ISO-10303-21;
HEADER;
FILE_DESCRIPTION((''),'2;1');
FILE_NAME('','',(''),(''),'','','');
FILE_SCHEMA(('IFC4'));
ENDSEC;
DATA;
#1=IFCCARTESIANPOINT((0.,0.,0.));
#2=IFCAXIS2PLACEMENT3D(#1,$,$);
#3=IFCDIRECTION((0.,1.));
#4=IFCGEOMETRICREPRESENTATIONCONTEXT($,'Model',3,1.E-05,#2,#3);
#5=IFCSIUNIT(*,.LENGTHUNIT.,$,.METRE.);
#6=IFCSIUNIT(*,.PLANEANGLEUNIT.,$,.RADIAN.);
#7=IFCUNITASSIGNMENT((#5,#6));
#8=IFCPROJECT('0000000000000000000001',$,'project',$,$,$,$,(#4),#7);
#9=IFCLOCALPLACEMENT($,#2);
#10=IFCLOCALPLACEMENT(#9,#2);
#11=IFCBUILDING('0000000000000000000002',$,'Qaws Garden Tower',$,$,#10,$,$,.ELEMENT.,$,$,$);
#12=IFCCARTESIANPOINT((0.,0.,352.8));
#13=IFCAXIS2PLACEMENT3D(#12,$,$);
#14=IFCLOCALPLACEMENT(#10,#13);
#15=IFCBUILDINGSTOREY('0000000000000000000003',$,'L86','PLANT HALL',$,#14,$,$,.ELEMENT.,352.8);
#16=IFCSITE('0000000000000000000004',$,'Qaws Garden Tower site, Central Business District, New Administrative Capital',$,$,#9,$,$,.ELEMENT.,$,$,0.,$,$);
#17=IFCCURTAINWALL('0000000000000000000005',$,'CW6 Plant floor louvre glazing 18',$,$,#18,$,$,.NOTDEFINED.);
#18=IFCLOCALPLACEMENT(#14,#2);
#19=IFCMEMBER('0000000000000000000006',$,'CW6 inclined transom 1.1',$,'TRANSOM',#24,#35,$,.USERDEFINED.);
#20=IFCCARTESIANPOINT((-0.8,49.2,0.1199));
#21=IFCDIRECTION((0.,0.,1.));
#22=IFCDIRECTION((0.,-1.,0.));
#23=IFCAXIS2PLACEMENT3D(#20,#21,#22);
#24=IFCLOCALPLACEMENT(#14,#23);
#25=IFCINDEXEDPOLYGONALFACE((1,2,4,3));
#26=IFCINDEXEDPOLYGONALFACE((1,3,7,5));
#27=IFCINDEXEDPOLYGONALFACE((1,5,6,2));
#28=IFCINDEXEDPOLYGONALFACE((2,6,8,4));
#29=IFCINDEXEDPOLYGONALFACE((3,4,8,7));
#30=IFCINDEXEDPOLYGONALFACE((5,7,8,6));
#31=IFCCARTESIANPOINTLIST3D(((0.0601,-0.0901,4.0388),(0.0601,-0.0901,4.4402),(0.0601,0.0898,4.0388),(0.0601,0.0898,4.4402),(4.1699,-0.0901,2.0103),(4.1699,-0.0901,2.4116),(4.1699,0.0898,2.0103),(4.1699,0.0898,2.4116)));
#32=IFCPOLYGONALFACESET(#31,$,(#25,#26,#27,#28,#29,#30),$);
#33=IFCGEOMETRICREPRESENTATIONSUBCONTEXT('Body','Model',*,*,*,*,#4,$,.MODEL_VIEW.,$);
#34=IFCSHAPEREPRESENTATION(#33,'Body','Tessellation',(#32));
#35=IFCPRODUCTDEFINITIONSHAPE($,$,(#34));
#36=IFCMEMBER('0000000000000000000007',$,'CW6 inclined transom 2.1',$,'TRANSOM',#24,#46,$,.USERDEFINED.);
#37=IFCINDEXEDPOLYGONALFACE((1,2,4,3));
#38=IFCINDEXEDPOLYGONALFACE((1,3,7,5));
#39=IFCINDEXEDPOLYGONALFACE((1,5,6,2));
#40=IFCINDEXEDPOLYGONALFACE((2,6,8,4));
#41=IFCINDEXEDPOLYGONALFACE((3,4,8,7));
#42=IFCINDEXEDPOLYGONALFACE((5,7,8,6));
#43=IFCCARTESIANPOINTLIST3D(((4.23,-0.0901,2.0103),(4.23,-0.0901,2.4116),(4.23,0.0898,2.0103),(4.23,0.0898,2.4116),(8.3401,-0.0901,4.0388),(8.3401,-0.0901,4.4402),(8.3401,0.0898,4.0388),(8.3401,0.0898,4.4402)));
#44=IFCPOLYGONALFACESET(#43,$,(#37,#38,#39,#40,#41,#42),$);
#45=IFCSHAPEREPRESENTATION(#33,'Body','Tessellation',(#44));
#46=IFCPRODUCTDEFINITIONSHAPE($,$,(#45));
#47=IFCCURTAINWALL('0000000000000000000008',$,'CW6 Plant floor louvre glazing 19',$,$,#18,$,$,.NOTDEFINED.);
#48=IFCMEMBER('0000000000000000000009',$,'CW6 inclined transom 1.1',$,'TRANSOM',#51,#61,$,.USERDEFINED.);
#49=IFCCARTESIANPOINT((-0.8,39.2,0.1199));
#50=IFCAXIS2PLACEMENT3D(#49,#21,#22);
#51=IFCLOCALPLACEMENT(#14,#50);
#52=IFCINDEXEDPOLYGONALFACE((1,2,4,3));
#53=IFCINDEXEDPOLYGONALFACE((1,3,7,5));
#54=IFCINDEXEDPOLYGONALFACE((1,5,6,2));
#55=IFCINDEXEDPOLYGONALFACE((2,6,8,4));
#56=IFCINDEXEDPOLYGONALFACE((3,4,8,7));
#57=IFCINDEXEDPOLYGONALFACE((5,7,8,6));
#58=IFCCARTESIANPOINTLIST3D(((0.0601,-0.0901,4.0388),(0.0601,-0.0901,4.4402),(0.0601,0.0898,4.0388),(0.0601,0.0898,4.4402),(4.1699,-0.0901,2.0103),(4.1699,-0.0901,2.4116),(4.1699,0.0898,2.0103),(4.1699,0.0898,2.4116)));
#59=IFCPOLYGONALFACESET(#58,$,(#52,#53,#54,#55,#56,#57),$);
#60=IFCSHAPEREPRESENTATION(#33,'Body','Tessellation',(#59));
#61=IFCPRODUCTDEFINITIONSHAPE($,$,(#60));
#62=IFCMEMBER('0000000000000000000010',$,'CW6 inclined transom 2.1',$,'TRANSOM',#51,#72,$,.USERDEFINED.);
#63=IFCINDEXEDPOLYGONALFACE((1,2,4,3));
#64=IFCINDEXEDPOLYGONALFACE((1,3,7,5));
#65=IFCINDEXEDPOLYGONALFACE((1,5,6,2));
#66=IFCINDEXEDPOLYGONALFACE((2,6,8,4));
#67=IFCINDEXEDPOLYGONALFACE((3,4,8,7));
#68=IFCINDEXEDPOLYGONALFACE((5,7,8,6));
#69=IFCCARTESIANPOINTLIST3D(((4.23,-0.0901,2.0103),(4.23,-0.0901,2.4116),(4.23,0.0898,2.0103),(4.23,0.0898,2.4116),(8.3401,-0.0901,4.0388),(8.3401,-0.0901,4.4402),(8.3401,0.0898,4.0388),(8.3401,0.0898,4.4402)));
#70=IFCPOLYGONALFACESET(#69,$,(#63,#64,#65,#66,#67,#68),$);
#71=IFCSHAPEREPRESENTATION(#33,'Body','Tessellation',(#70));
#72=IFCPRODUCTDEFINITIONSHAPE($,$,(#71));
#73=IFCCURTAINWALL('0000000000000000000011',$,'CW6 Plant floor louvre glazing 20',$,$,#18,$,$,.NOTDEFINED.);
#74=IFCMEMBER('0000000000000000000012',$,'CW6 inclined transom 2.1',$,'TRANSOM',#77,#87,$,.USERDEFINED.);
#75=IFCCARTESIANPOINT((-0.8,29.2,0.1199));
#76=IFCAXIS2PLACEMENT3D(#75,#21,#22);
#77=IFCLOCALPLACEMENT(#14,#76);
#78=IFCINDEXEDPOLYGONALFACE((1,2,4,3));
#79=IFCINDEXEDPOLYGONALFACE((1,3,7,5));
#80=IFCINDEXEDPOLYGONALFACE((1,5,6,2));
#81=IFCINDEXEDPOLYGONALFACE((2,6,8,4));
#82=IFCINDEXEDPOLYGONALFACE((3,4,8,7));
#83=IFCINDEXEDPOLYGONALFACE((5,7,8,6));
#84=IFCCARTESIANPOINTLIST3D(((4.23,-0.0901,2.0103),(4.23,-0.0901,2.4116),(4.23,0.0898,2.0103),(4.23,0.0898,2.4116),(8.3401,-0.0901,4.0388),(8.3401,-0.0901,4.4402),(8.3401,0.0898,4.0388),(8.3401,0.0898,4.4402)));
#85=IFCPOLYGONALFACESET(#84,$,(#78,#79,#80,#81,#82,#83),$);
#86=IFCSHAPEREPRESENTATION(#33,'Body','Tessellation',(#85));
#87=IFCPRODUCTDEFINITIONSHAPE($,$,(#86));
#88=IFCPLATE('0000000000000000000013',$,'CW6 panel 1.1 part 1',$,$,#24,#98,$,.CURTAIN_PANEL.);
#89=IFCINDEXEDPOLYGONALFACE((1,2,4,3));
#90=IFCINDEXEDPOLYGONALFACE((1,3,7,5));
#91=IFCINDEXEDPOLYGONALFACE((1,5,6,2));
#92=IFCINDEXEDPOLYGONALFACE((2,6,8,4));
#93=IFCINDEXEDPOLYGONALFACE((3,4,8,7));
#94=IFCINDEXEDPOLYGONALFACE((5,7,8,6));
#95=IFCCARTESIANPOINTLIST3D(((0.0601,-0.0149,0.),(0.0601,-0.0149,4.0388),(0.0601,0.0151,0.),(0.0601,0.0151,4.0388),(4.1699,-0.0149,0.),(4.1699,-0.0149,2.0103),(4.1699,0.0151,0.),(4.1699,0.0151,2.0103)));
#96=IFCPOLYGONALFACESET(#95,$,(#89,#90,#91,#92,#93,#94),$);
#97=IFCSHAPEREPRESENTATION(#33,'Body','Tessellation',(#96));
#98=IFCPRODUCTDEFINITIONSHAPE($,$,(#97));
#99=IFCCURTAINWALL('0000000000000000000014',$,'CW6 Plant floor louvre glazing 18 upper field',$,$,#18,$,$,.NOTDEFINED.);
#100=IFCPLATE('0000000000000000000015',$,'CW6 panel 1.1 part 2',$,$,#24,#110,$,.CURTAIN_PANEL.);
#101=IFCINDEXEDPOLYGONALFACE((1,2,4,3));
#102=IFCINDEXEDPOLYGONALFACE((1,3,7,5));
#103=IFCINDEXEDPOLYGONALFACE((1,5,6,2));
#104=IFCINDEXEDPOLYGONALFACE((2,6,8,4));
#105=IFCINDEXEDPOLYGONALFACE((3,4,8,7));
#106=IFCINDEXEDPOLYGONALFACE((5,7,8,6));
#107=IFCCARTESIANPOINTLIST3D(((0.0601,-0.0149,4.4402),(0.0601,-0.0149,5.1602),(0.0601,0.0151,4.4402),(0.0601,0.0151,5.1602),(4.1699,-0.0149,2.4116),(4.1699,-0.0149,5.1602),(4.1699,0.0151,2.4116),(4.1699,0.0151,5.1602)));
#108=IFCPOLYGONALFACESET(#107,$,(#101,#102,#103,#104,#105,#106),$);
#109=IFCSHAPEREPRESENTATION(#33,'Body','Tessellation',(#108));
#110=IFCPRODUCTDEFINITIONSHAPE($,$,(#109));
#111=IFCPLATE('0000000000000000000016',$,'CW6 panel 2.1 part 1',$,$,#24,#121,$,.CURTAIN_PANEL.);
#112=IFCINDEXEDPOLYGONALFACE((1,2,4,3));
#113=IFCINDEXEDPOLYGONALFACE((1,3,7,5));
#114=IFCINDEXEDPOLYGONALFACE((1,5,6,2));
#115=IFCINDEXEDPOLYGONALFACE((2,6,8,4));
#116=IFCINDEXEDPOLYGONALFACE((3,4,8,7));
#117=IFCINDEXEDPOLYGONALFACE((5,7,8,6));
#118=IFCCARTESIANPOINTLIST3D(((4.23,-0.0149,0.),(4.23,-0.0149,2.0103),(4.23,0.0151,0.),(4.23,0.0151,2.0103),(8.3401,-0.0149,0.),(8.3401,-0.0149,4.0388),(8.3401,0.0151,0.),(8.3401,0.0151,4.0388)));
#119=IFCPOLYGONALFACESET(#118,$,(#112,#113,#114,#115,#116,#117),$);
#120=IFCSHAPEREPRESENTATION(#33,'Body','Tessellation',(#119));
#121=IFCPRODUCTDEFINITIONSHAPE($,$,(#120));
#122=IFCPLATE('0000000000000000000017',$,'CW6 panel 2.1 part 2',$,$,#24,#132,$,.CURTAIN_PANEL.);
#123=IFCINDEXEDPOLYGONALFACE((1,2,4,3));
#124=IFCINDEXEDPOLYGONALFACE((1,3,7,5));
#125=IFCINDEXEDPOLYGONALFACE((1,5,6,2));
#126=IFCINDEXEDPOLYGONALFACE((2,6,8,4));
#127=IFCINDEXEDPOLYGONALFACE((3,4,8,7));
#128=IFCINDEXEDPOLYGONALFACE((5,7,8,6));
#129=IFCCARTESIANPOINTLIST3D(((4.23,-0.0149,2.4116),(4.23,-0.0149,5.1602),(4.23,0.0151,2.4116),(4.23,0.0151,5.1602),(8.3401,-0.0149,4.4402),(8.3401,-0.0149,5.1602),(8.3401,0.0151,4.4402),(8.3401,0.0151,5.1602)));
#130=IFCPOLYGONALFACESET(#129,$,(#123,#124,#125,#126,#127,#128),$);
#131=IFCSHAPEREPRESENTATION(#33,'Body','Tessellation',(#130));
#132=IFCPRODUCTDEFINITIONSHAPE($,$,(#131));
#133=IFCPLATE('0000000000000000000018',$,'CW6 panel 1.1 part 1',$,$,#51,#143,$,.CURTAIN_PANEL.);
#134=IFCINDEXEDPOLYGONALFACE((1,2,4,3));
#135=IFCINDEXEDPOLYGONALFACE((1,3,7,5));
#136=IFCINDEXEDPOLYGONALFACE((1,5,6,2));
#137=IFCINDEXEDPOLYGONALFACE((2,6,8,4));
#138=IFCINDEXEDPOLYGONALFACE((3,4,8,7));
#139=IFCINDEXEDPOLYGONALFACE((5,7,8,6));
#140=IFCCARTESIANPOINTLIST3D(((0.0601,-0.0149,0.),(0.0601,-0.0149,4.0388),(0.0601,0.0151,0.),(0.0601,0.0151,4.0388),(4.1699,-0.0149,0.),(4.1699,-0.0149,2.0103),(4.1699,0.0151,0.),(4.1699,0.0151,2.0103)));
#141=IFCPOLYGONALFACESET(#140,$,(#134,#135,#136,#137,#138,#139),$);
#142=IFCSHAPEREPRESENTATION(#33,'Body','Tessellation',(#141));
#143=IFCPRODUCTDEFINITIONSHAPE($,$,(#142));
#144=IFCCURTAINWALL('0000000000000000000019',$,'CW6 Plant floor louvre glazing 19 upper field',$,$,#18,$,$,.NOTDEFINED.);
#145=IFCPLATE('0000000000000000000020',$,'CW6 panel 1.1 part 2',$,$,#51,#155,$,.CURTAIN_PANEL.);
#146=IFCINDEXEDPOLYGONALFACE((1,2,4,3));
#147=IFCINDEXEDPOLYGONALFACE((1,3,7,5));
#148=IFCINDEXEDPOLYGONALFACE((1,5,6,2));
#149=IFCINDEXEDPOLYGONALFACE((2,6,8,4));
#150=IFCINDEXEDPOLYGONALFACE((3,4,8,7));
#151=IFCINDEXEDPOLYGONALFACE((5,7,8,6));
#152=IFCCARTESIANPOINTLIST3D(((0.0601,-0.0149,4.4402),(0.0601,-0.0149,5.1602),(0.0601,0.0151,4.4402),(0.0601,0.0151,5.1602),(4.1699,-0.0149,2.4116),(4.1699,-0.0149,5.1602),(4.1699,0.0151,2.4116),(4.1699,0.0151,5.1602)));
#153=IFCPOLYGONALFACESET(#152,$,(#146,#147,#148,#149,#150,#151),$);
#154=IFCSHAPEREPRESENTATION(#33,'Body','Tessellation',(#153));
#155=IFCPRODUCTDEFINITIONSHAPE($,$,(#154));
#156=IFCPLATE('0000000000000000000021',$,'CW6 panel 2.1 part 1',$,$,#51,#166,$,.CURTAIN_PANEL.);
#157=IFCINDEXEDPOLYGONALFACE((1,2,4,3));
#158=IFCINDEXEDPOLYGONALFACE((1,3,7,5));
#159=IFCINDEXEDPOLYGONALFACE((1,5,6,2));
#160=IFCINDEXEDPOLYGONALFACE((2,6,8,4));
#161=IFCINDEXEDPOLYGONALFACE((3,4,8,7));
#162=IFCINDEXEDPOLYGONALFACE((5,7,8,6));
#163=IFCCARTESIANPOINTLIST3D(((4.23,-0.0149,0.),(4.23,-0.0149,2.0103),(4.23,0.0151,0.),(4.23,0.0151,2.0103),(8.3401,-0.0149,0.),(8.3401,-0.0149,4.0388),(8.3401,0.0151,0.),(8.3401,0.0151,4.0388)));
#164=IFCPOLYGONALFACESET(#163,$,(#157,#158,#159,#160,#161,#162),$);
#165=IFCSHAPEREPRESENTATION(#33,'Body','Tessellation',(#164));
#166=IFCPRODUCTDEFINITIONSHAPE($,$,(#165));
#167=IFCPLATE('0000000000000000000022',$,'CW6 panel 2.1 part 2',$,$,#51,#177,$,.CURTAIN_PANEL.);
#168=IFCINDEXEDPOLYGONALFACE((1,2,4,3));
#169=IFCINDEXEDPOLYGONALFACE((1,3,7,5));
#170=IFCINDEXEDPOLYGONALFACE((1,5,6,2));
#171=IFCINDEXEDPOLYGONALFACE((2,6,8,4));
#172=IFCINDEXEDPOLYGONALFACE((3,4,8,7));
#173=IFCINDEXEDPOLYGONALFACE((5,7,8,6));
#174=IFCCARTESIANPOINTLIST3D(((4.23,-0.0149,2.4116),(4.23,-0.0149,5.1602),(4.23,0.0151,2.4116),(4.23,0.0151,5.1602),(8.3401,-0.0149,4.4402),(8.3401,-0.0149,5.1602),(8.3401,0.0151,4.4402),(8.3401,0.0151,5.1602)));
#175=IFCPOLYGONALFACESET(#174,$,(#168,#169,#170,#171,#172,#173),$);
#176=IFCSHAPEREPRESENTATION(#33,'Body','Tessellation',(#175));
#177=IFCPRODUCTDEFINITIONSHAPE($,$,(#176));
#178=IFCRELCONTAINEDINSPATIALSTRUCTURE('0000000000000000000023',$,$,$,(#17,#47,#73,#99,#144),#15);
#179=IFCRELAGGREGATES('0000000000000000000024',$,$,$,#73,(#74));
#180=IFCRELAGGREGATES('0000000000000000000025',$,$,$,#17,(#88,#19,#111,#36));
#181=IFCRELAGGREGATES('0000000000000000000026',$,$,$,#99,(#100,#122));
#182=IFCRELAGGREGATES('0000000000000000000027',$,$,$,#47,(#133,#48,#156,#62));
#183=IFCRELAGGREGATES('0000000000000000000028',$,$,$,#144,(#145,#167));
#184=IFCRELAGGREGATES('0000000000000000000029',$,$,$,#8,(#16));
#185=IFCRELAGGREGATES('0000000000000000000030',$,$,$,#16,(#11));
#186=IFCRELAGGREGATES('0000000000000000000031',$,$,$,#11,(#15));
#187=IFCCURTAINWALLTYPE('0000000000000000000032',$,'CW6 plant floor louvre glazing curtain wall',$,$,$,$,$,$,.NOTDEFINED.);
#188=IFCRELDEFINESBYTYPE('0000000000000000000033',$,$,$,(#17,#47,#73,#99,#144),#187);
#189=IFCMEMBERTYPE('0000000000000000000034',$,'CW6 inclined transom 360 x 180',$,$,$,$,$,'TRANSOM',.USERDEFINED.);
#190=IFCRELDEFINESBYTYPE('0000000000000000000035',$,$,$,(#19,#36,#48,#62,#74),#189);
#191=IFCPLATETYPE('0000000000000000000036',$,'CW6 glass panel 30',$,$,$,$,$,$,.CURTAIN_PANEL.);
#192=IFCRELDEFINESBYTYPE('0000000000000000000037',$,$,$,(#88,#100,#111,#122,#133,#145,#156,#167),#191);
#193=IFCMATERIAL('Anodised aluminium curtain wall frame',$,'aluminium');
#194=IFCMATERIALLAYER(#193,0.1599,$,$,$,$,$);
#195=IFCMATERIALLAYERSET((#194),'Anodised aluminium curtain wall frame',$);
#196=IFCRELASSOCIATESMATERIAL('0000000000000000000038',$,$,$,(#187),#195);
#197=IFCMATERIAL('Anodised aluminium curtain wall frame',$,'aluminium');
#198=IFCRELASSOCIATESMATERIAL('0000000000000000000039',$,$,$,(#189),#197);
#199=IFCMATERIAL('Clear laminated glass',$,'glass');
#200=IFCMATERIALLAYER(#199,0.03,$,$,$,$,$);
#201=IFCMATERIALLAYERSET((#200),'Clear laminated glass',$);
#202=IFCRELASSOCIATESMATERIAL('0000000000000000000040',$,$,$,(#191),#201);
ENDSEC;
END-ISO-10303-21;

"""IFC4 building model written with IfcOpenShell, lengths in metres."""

from ifc_helpers import new_model, si_unit, direction, frame, origin, origin_2d, place, context, subcontext, project, spatial, polyline, rectangle, outline, extrude, material, layer, layer_set, material_profile, profile_set, type_object, element, aggregate, save


model = new_model("IFC4")

# Units and contexts
model_context = context("Model", 3, precision=1e-05, world=origin(), true_north=direction((0.0, 1.0)))
body_context = subcontext(model_context, "Body", "Model", "MODEL_VIEW")
ifc_project = project(units=[si_unit("LENGTHUNIT", "METRE"), si_unit("PLANEANGLEUNIT", "RADIAN")], contexts=[model_context])

# Site, building, storey
site_placement = place(None, origin())
site = spatial("IfcSite", under=ifc_project, at=site_placement, Name="Qaws Garden Tower site, Central Business District, New Administrative Capital", CompositionType="ELEMENT", RefElevation=0.0)
building_placement = place(site_placement, origin())
building = spatial("IfcBuilding", under=site, at=building_placement, Name="Qaws Garden Tower", CompositionType="ELEMENT")
storey_placement = place(building_placement, frame((0.0, 0.0, 352.8)))
storey = spatial("IfcBuildingStorey", under=building, at=storey_placement, Name="L86", Description="PLANT HALL", CompositionType="ELEMENT", Elevation=352.8)

# Curtain walls, members
ifc_material_1 = material(Name="Anodised aluminium curtain wall frame", Category="aluminium")
ifc_layer_1 = layer(ifc_material_1, 0.1599)
ifc_layer_set_1 = layer_set([ifc_layer_1], Name="Anodised aluminium curtain wall frame")
curtain_wall_type = type_object("IfcCurtainWallType", Name="CW6 plant floor louvre glazing curtain wall", PredefinedType="NOTDEFINED", material=ifc_layer_set_1)
placement_1 = place(storey_placement, origin())
curtain_wall_1 = element("IfcCurtainWall", 1, at=placement_1, inside=storey, type_object=curtain_wall_type, Name="CW6 Plant floor louvre glazing 18", PredefinedType="NOTDEFINED")
ifc_material_2 = material(Name="Anodised aluminium curtain wall frame", Category="aluminium")
ifc_material_profile_1 = material_profile(ifc_material_2, rectangle(XDim=0.1799, YDim=0.3601, at=origin_2d()), Name="AL 180x360")
ifc_profile_set_1 = profile_set([ifc_material_profile_1], Name="Anodised aluminium curtain wall frame")
member_type_1 = type_object("IfcMemberType", Name="CW6 inclined transom 360 x 180", ElementType="TRANSOM", PredefinedType="USERDEFINED", material=ifc_profile_set_1)
placement_2 = place(storey_placement, frame((-0.8, 49.2, 0.1199), z_axis=(0.0, 0.0, 1.0), x_axis=(0.0, -1.0, 0.0)))
member_1 = element("IfcMember", 2, at=placement_2, type_object=member_type_1, Name="CW6 inclined transom 1.1", ObjectType="TRANSOM", PredefinedType="USERDEFINED", context=body_context, shape_type="SweptSolid", body=[
    extrude(outline(polyline([(0.0601, 4.0388), (4.1699, 2.0103), (4.1699, 2.4116), (0.0601, 4.4402), (0.0601, 4.0388)])), frame((0.0, 0.0898, 0.0), z_axis=(0.0, -1.0, 0.0), x_axis=(1.0, 0.0, 0.0)), (0.0, 0.0, 1.0), 0.1799),
])
member_2 = element("IfcMember", 3, at=placement_2, type_object=member_type_1, Name="CW6 inclined transom 2.1", ObjectType="TRANSOM", PredefinedType="USERDEFINED", context=body_context, shape_type="SweptSolid", body=[
    extrude(outline(polyline([(4.23, 2.0103), (8.3401, 4.0388), (8.3401, 4.4402), (4.23, 2.4116), (4.23, 2.0103)])), frame((0.0, 0.0898, 0.0), z_axis=(0.0, -1.0, 0.0), x_axis=(1.0, 0.0, 0.0)), (0.0, 0.0, 1.0), 0.1799),
])
curtain_wall_2 = element("IfcCurtainWall", 4, at=placement_1, inside=storey, type_object=curtain_wall_type, Name="CW6 Plant floor louvre glazing 19", PredefinedType="NOTDEFINED")
placement_3 = place(storey_placement, frame((-0.8, 39.2, 0.1199), z_axis=(0.0, 0.0, 1.0), x_axis=(0.0, -1.0, 0.0)))
member_3 = element("IfcMember", 5, at=placement_3, type_object=member_type_1, Name="CW6 inclined transom 1.1", ObjectType="TRANSOM", PredefinedType="USERDEFINED", context=body_context, shape_type="SweptSolid", body=[
    extrude(outline(polyline([(0.0601, 4.0388), (4.1699, 2.0103), (4.1699, 2.4116), (0.0601, 4.4402), (0.0601, 4.0388)])), frame((0.0, 0.0898, 0.0), z_axis=(0.0, -1.0, 0.0), x_axis=(1.0, 0.0, 0.0)), (0.0, 0.0, 1.0), 0.1799),
])
member_4 = element("IfcMember", 6, at=placement_3, type_object=member_type_1, Name="CW6 inclined transom 2.1", ObjectType="TRANSOM", PredefinedType="USERDEFINED", context=body_context, shape_type="SweptSolid", body=[
    extrude(outline(polyline([(4.23, 2.0103), (8.3401, 4.0388), (8.3401, 4.4402), (4.23, 2.4116), (4.23, 2.0103)])), frame((0.0, 0.0898, 0.0), z_axis=(0.0, -1.0, 0.0), x_axis=(1.0, 0.0, 0.0)), (0.0, 0.0, 1.0), 0.1799),
])

# Curtain wall, member
curtain_wall_3 = element("IfcCurtainWall", 7, at=placement_1, inside=storey, type_object=curtain_wall_type, Name="CW6 Plant floor louvre glazing 20", PredefinedType="NOTDEFINED")
placement_4 = place(storey_placement, frame((-0.8, 29.2, 0.1199), z_axis=(0.0, 0.0, 1.0), x_axis=(0.0, -1.0, 0.0)))
member_5 = element("IfcMember", 8, at=placement_4, type_object=member_type_1, Name="CW6 inclined transom 2.1", ObjectType="TRANSOM", PredefinedType="USERDEFINED", context=body_context, shape_type="SweptSolid", body=[
    extrude(outline(polyline([(4.23, 2.0103), (8.3401, 4.0388), (8.3401, 4.4402), (4.23, 2.4116), (4.23, 2.0103)])), frame((0.0, 0.0898, 0.0), z_axis=(0.0, -1.0, 0.0), x_axis=(1.0, 0.0, 0.0)), (0.0, 0.0, 1.0), 0.1799),
])
aggregate(curtain_wall_3, [member_5])

# Plate
ifc_material_3 = material(Name="Clear laminated glass", Category="glass")
ifc_layer_2 = layer(ifc_material_3, 0.03)
ifc_layer_set_2 = layer_set([ifc_layer_2], Name="Clear laminated glass")
plate_type = type_object("IfcPlateType", Name="CW6 glass panel 30", PredefinedType="CURTAIN_PANEL", material=ifc_layer_set_2)
plate_1 = element("IfcPlate", 9, at=placement_2, type_object=plate_type, Name="CW6 panel 1.1 part 1", PredefinedType="CURTAIN_PANEL", context=body_context, shape_type="SweptSolid", body=[
    extrude(outline(polyline([(4.1699, 0.0), (4.1699, 2.0103), (0.0601, 4.0388), (0.0601, 0.0), (4.1699, 0.0)])), frame((0.0, 0.0151, 0.0), z_axis=(0.0, -1.0, 0.0), x_axis=(1.0, 0.0, 0.0)), (0.0, 0.0, 1.0), 0.03),
])

# Curtain wall, plate
curtain_wall_4 = element("IfcCurtainWall", 10, at=placement_1, inside=storey, type_object=curtain_wall_type, Name="CW6 Plant floor louvre glazing 18 upper field", PredefinedType="NOTDEFINED")
plate_2 = element("IfcPlate", 11, at=placement_2, type_object=plate_type, Name="CW6 panel 1.1 part 2", PredefinedType="CURTAIN_PANEL", context=body_context, shape_type="SweptSolid", body=[
    extrude(outline(polyline([(0.0601, 5.1602), (0.0601, 4.4402), (4.1699, 2.4116), (4.1699, 5.1602), (0.0601, 5.1602)])), frame((0.0, 0.0151, 0.0), z_axis=(0.0, -1.0, 0.0), x_axis=(1.0, 0.0, 0.0)), (0.0, 0.0, 1.0), 0.03),
])

# Plates
plate_3 = element("IfcPlate", 12, at=placement_2, type_object=plate_type, Name="CW6 panel 2.1 part 1", PredefinedType="CURTAIN_PANEL", context=body_context, shape_type="SweptSolid", body=[
    extrude(outline(polyline([(8.3401, 0.0), (8.3401, 4.0388), (4.23, 2.0103), (4.23, 0.0), (8.3401, 0.0)])), frame((0.0, 0.0151, 0.0), z_axis=(0.0, -1.0, 0.0), x_axis=(1.0, 0.0, 0.0)), (0.0, 0.0, 1.0), 0.03),
])
aggregate(curtain_wall_1, [plate_1, member_1, plate_3, member_2])
plate_4 = element("IfcPlate", 13, at=placement_2, type_object=plate_type, Name="CW6 panel 2.1 part 2", PredefinedType="CURTAIN_PANEL", context=body_context, shape_type="SweptSolid", body=[
    extrude(outline(polyline([(4.23, 5.1602), (4.23, 2.4116), (8.3401, 4.4402), (8.3401, 5.1602), (4.23, 5.1602)])), frame((0.0, 0.0151, 0.0), z_axis=(0.0, -1.0, 0.0), x_axis=(1.0, 0.0, 0.0)), (0.0, 0.0, 1.0), 0.03),
])
aggregate(curtain_wall_4, [plate_2, plate_4])
plate_5 = element("IfcPlate", 14, at=placement_3, type_object=plate_type, Name="CW6 panel 1.1 part 1", PredefinedType="CURTAIN_PANEL", context=body_context, shape_type="SweptSolid", body=[
    extrude(outline(polyline([(4.1699, 0.0), (4.1699, 2.0103), (0.0601, 4.0388), (0.0601, 0.0), (4.1699, 0.0)])), frame((0.0, 0.0151, 0.0), z_axis=(0.0, -1.0, 0.0), x_axis=(1.0, 0.0, 0.0)), (0.0, 0.0, 1.0), 0.03),
])

# Curtain wall, plate
curtain_wall_5 = element("IfcCurtainWall", 15, at=placement_1, inside=storey, type_object=curtain_wall_type, Name="CW6 Plant floor louvre glazing 19 upper field", PredefinedType="NOTDEFINED")
plate_6 = element("IfcPlate", 16, at=placement_3, type_object=plate_type, Name="CW6 panel 1.1 part 2", PredefinedType="CURTAIN_PANEL", context=body_context, shape_type="SweptSolid", body=[
    extrude(outline(polyline([(0.0601, 5.1602), (0.0601, 4.4402), (4.1699, 2.4116), (4.1699, 5.1602), (0.0601, 5.1602)])), frame((0.0, 0.0151, 0.0), z_axis=(0.0, -1.0, 0.0), x_axis=(1.0, 0.0, 0.0)), (0.0, 0.0, 1.0), 0.03),
])

# Plates
plate_7 = element("IfcPlate", 17, at=placement_3, type_object=plate_type, Name="CW6 panel 2.1 part 1", PredefinedType="CURTAIN_PANEL", context=body_context, shape_type="SweptSolid", body=[
    extrude(outline(polyline([(8.3401, 0.0), (8.3401, 4.0388), (4.23, 2.0103), (4.23, 0.0), (8.3401, 0.0)])), frame((0.0, 0.0151, 0.0), z_axis=(0.0, -1.0, 0.0), x_axis=(1.0, 0.0, 0.0)), (0.0, 0.0, 1.0), 0.03),
])
aggregate(curtain_wall_2, [plate_5, member_3, plate_7, member_4])
plate_8 = element("IfcPlate", 18, at=placement_3, type_object=plate_type, Name="CW6 panel 2.1 part 2", PredefinedType="CURTAIN_PANEL", context=body_context, shape_type="SweptSolid", body=[
    extrude(outline(polyline([(4.23, 5.1602), (4.23, 2.4116), (8.3401, 4.4402), (8.3401, 5.1602), (4.23, 5.1602)])), frame((0.0, 0.0151, 0.0), z_axis=(0.0, -1.0, 0.0), x_axis=(1.0, 0.0, 0.0)), (0.0, 0.0, 1.0), 0.03),
])
aggregate(curtain_wall_5, [plate_6, plate_8])

save(model, "model.ifc")
